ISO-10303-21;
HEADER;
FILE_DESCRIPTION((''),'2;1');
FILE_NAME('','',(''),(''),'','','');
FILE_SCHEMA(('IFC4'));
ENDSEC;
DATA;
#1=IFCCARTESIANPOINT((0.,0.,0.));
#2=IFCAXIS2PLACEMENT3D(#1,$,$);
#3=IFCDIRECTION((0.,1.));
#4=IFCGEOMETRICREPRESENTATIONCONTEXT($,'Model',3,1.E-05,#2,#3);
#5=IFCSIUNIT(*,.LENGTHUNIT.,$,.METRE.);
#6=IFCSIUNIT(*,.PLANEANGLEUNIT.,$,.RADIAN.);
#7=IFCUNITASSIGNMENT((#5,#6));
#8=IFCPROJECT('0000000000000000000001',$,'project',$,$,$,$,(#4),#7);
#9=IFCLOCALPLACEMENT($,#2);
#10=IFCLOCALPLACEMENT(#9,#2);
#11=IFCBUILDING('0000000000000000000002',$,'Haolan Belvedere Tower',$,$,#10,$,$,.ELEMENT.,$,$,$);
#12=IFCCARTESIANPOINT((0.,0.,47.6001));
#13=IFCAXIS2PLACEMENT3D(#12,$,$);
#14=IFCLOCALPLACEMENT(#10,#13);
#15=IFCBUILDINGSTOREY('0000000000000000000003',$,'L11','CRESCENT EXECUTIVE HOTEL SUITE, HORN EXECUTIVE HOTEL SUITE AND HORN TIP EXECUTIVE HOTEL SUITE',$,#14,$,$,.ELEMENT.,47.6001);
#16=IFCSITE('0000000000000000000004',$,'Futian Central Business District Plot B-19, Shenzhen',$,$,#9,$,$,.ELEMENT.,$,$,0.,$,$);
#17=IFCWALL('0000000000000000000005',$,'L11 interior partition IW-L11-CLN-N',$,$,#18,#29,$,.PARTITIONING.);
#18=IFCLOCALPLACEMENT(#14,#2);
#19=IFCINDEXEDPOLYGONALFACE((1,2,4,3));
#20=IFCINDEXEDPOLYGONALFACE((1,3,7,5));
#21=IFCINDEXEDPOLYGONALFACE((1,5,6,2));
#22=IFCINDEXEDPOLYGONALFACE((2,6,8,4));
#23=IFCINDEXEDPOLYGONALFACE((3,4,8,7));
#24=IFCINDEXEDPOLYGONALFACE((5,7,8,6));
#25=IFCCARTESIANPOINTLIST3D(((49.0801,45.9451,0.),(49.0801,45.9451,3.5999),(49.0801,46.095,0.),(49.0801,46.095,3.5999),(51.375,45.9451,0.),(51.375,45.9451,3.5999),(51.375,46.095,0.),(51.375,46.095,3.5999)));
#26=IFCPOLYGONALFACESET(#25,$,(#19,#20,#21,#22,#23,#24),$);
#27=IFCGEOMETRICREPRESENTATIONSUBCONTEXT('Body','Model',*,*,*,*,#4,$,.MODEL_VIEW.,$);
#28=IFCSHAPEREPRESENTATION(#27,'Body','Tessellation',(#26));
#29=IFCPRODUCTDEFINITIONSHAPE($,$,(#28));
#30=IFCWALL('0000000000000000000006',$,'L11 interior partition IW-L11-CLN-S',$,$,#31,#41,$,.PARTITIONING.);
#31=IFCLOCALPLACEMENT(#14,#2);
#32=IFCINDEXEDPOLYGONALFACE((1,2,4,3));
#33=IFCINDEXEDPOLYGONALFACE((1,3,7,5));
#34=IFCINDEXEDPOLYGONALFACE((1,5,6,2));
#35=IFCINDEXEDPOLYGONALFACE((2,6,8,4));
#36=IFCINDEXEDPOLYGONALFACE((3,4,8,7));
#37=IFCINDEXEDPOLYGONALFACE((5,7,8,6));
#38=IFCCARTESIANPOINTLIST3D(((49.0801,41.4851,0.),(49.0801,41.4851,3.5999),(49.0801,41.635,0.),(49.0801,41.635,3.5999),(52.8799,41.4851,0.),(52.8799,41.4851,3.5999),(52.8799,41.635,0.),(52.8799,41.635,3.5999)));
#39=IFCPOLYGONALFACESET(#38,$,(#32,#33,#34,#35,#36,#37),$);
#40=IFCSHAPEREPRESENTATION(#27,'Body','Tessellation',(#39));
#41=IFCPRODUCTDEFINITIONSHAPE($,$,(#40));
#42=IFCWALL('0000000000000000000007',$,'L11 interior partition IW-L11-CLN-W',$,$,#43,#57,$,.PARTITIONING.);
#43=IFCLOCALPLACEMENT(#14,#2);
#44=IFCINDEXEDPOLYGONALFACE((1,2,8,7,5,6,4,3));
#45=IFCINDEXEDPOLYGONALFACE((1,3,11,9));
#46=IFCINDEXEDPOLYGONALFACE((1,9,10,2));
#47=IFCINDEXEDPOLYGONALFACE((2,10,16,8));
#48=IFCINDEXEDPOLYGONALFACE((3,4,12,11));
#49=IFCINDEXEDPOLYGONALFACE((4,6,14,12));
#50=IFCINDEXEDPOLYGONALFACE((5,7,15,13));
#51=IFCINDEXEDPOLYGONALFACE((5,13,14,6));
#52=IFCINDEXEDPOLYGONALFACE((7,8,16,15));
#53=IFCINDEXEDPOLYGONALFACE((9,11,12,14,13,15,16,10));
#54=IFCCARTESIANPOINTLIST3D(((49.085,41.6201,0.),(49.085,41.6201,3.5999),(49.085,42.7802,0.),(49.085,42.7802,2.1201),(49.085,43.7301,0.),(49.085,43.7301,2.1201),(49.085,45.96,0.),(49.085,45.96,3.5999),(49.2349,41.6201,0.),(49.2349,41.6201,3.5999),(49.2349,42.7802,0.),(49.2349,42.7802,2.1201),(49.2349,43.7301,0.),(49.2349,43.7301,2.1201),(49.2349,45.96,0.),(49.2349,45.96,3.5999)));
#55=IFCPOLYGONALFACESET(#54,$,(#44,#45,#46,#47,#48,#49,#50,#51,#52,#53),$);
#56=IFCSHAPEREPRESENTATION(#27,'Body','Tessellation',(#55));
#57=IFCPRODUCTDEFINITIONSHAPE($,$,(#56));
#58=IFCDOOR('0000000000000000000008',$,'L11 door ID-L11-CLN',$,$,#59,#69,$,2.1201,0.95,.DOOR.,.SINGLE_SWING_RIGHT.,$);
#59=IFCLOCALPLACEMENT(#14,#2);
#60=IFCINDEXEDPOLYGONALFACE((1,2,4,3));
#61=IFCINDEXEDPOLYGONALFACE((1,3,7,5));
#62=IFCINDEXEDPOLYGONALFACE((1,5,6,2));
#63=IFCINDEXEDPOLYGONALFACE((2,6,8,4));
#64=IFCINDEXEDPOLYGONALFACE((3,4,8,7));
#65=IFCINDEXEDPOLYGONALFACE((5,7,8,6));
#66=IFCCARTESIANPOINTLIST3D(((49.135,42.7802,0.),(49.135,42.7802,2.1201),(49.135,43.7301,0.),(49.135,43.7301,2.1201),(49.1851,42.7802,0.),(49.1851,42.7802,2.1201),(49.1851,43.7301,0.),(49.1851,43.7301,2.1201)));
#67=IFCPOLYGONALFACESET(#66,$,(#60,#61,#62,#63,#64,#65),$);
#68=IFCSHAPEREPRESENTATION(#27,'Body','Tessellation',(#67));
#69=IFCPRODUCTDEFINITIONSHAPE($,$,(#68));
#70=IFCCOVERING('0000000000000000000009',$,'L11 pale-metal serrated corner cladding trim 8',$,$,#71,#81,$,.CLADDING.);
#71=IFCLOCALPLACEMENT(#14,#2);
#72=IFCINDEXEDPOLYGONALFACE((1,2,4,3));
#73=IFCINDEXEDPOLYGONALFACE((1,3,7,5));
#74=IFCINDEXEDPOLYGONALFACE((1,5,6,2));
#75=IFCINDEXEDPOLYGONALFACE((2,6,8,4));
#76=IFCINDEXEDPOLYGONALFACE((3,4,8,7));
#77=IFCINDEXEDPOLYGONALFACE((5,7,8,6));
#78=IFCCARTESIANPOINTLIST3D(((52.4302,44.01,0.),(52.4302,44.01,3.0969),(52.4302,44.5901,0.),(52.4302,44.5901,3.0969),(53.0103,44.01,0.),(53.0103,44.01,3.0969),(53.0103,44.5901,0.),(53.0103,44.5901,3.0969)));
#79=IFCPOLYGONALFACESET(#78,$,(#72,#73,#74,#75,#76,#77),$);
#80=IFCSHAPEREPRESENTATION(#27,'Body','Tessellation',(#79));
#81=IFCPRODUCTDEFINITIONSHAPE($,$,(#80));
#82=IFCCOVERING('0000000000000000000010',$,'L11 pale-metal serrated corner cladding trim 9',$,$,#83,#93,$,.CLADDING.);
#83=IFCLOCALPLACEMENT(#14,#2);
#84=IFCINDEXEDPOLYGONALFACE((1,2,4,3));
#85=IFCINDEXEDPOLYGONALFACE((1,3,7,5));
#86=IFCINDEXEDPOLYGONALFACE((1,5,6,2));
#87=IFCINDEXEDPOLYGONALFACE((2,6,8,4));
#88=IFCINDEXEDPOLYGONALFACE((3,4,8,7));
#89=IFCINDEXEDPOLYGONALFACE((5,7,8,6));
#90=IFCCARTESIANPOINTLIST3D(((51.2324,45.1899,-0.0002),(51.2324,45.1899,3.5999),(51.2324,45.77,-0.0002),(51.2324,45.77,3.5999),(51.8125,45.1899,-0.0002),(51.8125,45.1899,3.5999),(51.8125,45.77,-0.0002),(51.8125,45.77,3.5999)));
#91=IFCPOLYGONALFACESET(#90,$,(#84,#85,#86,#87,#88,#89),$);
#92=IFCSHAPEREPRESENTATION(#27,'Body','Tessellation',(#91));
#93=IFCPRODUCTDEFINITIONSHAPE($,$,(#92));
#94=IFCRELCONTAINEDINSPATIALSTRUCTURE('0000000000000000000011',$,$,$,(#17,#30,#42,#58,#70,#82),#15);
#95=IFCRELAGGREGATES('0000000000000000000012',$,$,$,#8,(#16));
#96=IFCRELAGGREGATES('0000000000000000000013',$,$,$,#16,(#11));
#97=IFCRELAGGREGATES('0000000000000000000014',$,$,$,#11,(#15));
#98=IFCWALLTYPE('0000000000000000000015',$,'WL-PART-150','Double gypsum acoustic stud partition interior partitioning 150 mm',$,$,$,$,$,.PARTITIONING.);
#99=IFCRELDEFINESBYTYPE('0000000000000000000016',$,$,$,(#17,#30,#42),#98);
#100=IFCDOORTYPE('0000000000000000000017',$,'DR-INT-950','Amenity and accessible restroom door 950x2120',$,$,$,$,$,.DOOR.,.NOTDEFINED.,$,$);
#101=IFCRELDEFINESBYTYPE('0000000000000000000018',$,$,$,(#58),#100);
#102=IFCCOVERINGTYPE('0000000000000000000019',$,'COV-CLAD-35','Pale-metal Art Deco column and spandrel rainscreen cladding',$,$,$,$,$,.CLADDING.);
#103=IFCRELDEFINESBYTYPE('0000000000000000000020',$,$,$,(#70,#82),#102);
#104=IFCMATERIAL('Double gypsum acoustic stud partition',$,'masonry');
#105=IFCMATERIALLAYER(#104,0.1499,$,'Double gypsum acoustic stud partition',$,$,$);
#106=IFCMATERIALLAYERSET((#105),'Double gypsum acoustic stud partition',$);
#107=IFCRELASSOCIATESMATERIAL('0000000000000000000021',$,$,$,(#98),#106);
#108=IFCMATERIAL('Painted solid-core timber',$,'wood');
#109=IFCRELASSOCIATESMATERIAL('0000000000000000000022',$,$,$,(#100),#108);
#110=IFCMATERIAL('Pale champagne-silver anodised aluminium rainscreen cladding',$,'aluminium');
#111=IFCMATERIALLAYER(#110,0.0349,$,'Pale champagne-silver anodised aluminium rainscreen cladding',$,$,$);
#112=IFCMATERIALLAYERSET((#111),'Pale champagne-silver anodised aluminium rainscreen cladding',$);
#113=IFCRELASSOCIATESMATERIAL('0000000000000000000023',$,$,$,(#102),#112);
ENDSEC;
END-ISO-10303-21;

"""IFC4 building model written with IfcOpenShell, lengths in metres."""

from ifc_helpers import new_model, si_unit, direction, frame, frame_2d, origin, origin_2d, place, context, subcontext, project, spatial, rectangle, extrude, material, layer, layer_set, type_object, element, fill, save


model = new_model("IFC4")

# Units and contexts
model_context = context("Model", 3, precision=1e-05, world=origin(), true_north=direction((0.0, 1.0)))
body_context = subcontext(model_context, "Body", "Model", "MODEL_VIEW")
ifc_project = project(units=[si_unit("LENGTHUNIT", "METRE"), si_unit("PLANEANGLEUNIT", "RADIAN")], contexts=[model_context])

# Site, building, storey
site_placement = place(None, origin())
site = spatial("IfcSite", under=ifc_project, at=site_placement, Name="Futian Central Business District Plot B-19, Shenzhen", CompositionType="ELEMENT", RefElevation=0.0)
building_placement = place(site_placement, origin())
building = spatial("IfcBuilding", under=site, at=building_placement, Name="Haolan Belvedere Tower", CompositionType="ELEMENT")
storey_placement = place(building_placement, frame((0.0, 0.0, 47.6001)))
storey = spatial("IfcBuildingStorey", under=building, at=storey_placement, Name="L11", Description="CRESCENT EXECUTIVE HOTEL SUITE, HORN EXECUTIVE HOTEL SUITE AND HORN TIP EXECUTIVE HOTEL SUITE", CompositionType="ELEMENT", Elevation=47.6001)

# Shared definitions
ifc_material_1 = material(Name="Double gypsum acoustic stud partition", Category="masonry")
ifc_layer_1 = layer(ifc_material_1, 0.1499, Name="Double gypsum acoustic stud partition")
ifc_layer_set_1 = layer_set([ifc_layer_1], Name="Double gypsum acoustic stud partition")
wall_type_1 = type_object("IfcWallType", Name="WL-PART-150", Description="Double gypsum acoustic stud partition interior partitioning 150 mm", PredefinedType="PARTITIONING", material=ifc_layer_set_1)

# Shared definitions
ifc_material_2 = material(Name="Painted solid-core timber", Category="wood")
door_type = type_object("IfcDoorType", Name="DR-INT-950", Description="Amenity and accessible restroom door 950x2120", OperationType="NOTDEFINED", PredefinedType="DOOR", material=ifc_material_2)

# Walls
wall_1_placement = place(storey_placement, frame((49.0801, 46.02, 0.0), z_axis=(0.0, 0.0, 1.0), x_axis=(1.0, 0.0, 0.0)))
element("IfcWall", 1, at=wall_1_placement, inside=storey, type_object=wall_type_1, Name="L11 interior partition IW-L11-CLN-N", PredefinedType="PARTITIONING", context=body_context, shape_type="SweptSolid", body=[
    extrude(rectangle(XDim=2.2949, YDim=0.1499, at=frame_2d((1.1475, 0.0))), origin(), (0.0, 0.0, 1.0), 3.5999),
])
wall_2_placement = place(storey_placement, frame((49.0801, 41.5601, 0.0), z_axis=(0.0, 0.0, 1.0), x_axis=(1.0, 0.0, 0.0)))
element("IfcWall", 2, at=wall_2_placement, inside=storey, type_object=wall_type_1, Name="L11 interior partition IW-L11-CLN-S", PredefinedType="PARTITIONING", context=body_context, shape_type="SweptSolid", body=[
    extrude(rectangle(XDim=3.7998, YDim=0.1499, at=frame_2d((1.8999, 0.0))), origin(), (0.0, 0.0, 1.0), 3.5999),
])

# Wall, opening, door
wall_3_placement = place(storey_placement, frame((49.1599, 41.6201, 0.0), z_axis=(0.0, 0.0, 1.0), x_axis=(0.0, 1.0, 0.0)))
wall_3 = element("IfcWall", 3, at=wall_3_placement, inside=storey, type_object=wall_type_1, Name="L11 interior partition IW-L11-CLN-W", PredefinedType="PARTITIONING", context=body_context, shape_type="SweptSolid", body=[
    extrude(rectangle(XDim=4.3398, YDim=0.1499, at=frame_2d((2.1699, 0.0))), origin(), (0.0, 0.0, 1.0), 3.5999),
])
opening_1_placement = place(wall_3_placement, frame((1.1599, 0.0, 0.0)))
opening_1 = element("IfcOpeningElement", 4, at=opening_1_placement, cuts=wall_3, PredefinedType="OPENING", context=body_context, shape_type="SweptSolid", body=[
    extrude(rectangle(XDim=0.95, YDim=2.1201, at=frame_2d((0.4751, 1.0601))), frame((0.0, 0.085, 0.0), z_axis=(0.0, -1.0, 0.0), x_axis=(1.0, 0.0, 0.0)), (0.0, 0.0, 1.0), 0.1699),
])
door_1_placement = place(opening_1_placement, origin())
door_1 = element("IfcDoor", 5, at=door_1_placement, inside=storey, type_object=door_type, Name="L11 door ID-L11-CLN", OperationType="SINGLE_SWING_RIGHT", OverallHeight=2.1201, OverallWidth=0.95, PredefinedType="DOOR", context=body_context, shape_type="SweptSolid", body=[
    extrude(rectangle(XDim=0.95, YDim=2.1201, at=frame_2d((0.4751, 1.0601))), frame((0.0, 0.0249, 0.0), z_axis=(0.0, -1.0, 0.0), x_axis=(1.0, 0.0, 0.0)), (0.0, 0.0, 1.0), 0.05),
])
fill(opening_1, door_1)

# Coverings
ifc_material_3 = material(Name="Pale champagne-silver anodised aluminium rainscreen cladding", Category="aluminium")
ifc_layer_2 = layer(ifc_material_3, 0.0349, Name="Pale champagne-silver anodised aluminium rainscreen cladding")
ifc_layer_set_2 = layer_set([ifc_layer_2], Name="Pale champagne-silver anodised aluminium rainscreen cladding")
covering_type = type_object("IfcCoveringType", Name="COV-CLAD-35", Description="Pale-metal Art Deco column and spandrel rainscreen cladding", PredefinedType="CLADDING", material=ifc_layer_set_2)
covering_1_placement = place(storey_placement, frame((52.7202, 44.3, 0.0), z_axis=(0.0, 0.0, 1.0), x_axis=(1.0, 0.0, 0.0)))
element("IfcCovering", 6, at=covering_1_placement, inside=storey, type_object=covering_type, Name="L11 pale-metal serrated corner cladding trim 8", PredefinedType="CLADDING", context=body_context, shape_type="SweptSolid", body=[
    extrude(rectangle(XDim=0.5801, YDim=0.5801, at=origin_2d()), origin(), (0.0, 0.0, 1.0), 3.0969),
])
covering_2_placement = place(storey_placement, frame((51.5225, 45.48, -0.0002), z_axis=(0.0, 0.0, 1.0), x_axis=(1.0, 0.0, 0.0)))
element("IfcCovering", 7, at=covering_2_placement, inside=storey, type_object=covering_type, Name="L11 pale-metal serrated corner cladding trim 9", PredefinedType="CLADDING", context=body_context, shape_type="SweptSolid", body=[
    extrude(rectangle(XDim=0.5801, YDim=0.5801, at=origin_2d()), origin(), (0.0, 0.0, 1.0), 3.6001),
])

save(model, "model.ifc")
